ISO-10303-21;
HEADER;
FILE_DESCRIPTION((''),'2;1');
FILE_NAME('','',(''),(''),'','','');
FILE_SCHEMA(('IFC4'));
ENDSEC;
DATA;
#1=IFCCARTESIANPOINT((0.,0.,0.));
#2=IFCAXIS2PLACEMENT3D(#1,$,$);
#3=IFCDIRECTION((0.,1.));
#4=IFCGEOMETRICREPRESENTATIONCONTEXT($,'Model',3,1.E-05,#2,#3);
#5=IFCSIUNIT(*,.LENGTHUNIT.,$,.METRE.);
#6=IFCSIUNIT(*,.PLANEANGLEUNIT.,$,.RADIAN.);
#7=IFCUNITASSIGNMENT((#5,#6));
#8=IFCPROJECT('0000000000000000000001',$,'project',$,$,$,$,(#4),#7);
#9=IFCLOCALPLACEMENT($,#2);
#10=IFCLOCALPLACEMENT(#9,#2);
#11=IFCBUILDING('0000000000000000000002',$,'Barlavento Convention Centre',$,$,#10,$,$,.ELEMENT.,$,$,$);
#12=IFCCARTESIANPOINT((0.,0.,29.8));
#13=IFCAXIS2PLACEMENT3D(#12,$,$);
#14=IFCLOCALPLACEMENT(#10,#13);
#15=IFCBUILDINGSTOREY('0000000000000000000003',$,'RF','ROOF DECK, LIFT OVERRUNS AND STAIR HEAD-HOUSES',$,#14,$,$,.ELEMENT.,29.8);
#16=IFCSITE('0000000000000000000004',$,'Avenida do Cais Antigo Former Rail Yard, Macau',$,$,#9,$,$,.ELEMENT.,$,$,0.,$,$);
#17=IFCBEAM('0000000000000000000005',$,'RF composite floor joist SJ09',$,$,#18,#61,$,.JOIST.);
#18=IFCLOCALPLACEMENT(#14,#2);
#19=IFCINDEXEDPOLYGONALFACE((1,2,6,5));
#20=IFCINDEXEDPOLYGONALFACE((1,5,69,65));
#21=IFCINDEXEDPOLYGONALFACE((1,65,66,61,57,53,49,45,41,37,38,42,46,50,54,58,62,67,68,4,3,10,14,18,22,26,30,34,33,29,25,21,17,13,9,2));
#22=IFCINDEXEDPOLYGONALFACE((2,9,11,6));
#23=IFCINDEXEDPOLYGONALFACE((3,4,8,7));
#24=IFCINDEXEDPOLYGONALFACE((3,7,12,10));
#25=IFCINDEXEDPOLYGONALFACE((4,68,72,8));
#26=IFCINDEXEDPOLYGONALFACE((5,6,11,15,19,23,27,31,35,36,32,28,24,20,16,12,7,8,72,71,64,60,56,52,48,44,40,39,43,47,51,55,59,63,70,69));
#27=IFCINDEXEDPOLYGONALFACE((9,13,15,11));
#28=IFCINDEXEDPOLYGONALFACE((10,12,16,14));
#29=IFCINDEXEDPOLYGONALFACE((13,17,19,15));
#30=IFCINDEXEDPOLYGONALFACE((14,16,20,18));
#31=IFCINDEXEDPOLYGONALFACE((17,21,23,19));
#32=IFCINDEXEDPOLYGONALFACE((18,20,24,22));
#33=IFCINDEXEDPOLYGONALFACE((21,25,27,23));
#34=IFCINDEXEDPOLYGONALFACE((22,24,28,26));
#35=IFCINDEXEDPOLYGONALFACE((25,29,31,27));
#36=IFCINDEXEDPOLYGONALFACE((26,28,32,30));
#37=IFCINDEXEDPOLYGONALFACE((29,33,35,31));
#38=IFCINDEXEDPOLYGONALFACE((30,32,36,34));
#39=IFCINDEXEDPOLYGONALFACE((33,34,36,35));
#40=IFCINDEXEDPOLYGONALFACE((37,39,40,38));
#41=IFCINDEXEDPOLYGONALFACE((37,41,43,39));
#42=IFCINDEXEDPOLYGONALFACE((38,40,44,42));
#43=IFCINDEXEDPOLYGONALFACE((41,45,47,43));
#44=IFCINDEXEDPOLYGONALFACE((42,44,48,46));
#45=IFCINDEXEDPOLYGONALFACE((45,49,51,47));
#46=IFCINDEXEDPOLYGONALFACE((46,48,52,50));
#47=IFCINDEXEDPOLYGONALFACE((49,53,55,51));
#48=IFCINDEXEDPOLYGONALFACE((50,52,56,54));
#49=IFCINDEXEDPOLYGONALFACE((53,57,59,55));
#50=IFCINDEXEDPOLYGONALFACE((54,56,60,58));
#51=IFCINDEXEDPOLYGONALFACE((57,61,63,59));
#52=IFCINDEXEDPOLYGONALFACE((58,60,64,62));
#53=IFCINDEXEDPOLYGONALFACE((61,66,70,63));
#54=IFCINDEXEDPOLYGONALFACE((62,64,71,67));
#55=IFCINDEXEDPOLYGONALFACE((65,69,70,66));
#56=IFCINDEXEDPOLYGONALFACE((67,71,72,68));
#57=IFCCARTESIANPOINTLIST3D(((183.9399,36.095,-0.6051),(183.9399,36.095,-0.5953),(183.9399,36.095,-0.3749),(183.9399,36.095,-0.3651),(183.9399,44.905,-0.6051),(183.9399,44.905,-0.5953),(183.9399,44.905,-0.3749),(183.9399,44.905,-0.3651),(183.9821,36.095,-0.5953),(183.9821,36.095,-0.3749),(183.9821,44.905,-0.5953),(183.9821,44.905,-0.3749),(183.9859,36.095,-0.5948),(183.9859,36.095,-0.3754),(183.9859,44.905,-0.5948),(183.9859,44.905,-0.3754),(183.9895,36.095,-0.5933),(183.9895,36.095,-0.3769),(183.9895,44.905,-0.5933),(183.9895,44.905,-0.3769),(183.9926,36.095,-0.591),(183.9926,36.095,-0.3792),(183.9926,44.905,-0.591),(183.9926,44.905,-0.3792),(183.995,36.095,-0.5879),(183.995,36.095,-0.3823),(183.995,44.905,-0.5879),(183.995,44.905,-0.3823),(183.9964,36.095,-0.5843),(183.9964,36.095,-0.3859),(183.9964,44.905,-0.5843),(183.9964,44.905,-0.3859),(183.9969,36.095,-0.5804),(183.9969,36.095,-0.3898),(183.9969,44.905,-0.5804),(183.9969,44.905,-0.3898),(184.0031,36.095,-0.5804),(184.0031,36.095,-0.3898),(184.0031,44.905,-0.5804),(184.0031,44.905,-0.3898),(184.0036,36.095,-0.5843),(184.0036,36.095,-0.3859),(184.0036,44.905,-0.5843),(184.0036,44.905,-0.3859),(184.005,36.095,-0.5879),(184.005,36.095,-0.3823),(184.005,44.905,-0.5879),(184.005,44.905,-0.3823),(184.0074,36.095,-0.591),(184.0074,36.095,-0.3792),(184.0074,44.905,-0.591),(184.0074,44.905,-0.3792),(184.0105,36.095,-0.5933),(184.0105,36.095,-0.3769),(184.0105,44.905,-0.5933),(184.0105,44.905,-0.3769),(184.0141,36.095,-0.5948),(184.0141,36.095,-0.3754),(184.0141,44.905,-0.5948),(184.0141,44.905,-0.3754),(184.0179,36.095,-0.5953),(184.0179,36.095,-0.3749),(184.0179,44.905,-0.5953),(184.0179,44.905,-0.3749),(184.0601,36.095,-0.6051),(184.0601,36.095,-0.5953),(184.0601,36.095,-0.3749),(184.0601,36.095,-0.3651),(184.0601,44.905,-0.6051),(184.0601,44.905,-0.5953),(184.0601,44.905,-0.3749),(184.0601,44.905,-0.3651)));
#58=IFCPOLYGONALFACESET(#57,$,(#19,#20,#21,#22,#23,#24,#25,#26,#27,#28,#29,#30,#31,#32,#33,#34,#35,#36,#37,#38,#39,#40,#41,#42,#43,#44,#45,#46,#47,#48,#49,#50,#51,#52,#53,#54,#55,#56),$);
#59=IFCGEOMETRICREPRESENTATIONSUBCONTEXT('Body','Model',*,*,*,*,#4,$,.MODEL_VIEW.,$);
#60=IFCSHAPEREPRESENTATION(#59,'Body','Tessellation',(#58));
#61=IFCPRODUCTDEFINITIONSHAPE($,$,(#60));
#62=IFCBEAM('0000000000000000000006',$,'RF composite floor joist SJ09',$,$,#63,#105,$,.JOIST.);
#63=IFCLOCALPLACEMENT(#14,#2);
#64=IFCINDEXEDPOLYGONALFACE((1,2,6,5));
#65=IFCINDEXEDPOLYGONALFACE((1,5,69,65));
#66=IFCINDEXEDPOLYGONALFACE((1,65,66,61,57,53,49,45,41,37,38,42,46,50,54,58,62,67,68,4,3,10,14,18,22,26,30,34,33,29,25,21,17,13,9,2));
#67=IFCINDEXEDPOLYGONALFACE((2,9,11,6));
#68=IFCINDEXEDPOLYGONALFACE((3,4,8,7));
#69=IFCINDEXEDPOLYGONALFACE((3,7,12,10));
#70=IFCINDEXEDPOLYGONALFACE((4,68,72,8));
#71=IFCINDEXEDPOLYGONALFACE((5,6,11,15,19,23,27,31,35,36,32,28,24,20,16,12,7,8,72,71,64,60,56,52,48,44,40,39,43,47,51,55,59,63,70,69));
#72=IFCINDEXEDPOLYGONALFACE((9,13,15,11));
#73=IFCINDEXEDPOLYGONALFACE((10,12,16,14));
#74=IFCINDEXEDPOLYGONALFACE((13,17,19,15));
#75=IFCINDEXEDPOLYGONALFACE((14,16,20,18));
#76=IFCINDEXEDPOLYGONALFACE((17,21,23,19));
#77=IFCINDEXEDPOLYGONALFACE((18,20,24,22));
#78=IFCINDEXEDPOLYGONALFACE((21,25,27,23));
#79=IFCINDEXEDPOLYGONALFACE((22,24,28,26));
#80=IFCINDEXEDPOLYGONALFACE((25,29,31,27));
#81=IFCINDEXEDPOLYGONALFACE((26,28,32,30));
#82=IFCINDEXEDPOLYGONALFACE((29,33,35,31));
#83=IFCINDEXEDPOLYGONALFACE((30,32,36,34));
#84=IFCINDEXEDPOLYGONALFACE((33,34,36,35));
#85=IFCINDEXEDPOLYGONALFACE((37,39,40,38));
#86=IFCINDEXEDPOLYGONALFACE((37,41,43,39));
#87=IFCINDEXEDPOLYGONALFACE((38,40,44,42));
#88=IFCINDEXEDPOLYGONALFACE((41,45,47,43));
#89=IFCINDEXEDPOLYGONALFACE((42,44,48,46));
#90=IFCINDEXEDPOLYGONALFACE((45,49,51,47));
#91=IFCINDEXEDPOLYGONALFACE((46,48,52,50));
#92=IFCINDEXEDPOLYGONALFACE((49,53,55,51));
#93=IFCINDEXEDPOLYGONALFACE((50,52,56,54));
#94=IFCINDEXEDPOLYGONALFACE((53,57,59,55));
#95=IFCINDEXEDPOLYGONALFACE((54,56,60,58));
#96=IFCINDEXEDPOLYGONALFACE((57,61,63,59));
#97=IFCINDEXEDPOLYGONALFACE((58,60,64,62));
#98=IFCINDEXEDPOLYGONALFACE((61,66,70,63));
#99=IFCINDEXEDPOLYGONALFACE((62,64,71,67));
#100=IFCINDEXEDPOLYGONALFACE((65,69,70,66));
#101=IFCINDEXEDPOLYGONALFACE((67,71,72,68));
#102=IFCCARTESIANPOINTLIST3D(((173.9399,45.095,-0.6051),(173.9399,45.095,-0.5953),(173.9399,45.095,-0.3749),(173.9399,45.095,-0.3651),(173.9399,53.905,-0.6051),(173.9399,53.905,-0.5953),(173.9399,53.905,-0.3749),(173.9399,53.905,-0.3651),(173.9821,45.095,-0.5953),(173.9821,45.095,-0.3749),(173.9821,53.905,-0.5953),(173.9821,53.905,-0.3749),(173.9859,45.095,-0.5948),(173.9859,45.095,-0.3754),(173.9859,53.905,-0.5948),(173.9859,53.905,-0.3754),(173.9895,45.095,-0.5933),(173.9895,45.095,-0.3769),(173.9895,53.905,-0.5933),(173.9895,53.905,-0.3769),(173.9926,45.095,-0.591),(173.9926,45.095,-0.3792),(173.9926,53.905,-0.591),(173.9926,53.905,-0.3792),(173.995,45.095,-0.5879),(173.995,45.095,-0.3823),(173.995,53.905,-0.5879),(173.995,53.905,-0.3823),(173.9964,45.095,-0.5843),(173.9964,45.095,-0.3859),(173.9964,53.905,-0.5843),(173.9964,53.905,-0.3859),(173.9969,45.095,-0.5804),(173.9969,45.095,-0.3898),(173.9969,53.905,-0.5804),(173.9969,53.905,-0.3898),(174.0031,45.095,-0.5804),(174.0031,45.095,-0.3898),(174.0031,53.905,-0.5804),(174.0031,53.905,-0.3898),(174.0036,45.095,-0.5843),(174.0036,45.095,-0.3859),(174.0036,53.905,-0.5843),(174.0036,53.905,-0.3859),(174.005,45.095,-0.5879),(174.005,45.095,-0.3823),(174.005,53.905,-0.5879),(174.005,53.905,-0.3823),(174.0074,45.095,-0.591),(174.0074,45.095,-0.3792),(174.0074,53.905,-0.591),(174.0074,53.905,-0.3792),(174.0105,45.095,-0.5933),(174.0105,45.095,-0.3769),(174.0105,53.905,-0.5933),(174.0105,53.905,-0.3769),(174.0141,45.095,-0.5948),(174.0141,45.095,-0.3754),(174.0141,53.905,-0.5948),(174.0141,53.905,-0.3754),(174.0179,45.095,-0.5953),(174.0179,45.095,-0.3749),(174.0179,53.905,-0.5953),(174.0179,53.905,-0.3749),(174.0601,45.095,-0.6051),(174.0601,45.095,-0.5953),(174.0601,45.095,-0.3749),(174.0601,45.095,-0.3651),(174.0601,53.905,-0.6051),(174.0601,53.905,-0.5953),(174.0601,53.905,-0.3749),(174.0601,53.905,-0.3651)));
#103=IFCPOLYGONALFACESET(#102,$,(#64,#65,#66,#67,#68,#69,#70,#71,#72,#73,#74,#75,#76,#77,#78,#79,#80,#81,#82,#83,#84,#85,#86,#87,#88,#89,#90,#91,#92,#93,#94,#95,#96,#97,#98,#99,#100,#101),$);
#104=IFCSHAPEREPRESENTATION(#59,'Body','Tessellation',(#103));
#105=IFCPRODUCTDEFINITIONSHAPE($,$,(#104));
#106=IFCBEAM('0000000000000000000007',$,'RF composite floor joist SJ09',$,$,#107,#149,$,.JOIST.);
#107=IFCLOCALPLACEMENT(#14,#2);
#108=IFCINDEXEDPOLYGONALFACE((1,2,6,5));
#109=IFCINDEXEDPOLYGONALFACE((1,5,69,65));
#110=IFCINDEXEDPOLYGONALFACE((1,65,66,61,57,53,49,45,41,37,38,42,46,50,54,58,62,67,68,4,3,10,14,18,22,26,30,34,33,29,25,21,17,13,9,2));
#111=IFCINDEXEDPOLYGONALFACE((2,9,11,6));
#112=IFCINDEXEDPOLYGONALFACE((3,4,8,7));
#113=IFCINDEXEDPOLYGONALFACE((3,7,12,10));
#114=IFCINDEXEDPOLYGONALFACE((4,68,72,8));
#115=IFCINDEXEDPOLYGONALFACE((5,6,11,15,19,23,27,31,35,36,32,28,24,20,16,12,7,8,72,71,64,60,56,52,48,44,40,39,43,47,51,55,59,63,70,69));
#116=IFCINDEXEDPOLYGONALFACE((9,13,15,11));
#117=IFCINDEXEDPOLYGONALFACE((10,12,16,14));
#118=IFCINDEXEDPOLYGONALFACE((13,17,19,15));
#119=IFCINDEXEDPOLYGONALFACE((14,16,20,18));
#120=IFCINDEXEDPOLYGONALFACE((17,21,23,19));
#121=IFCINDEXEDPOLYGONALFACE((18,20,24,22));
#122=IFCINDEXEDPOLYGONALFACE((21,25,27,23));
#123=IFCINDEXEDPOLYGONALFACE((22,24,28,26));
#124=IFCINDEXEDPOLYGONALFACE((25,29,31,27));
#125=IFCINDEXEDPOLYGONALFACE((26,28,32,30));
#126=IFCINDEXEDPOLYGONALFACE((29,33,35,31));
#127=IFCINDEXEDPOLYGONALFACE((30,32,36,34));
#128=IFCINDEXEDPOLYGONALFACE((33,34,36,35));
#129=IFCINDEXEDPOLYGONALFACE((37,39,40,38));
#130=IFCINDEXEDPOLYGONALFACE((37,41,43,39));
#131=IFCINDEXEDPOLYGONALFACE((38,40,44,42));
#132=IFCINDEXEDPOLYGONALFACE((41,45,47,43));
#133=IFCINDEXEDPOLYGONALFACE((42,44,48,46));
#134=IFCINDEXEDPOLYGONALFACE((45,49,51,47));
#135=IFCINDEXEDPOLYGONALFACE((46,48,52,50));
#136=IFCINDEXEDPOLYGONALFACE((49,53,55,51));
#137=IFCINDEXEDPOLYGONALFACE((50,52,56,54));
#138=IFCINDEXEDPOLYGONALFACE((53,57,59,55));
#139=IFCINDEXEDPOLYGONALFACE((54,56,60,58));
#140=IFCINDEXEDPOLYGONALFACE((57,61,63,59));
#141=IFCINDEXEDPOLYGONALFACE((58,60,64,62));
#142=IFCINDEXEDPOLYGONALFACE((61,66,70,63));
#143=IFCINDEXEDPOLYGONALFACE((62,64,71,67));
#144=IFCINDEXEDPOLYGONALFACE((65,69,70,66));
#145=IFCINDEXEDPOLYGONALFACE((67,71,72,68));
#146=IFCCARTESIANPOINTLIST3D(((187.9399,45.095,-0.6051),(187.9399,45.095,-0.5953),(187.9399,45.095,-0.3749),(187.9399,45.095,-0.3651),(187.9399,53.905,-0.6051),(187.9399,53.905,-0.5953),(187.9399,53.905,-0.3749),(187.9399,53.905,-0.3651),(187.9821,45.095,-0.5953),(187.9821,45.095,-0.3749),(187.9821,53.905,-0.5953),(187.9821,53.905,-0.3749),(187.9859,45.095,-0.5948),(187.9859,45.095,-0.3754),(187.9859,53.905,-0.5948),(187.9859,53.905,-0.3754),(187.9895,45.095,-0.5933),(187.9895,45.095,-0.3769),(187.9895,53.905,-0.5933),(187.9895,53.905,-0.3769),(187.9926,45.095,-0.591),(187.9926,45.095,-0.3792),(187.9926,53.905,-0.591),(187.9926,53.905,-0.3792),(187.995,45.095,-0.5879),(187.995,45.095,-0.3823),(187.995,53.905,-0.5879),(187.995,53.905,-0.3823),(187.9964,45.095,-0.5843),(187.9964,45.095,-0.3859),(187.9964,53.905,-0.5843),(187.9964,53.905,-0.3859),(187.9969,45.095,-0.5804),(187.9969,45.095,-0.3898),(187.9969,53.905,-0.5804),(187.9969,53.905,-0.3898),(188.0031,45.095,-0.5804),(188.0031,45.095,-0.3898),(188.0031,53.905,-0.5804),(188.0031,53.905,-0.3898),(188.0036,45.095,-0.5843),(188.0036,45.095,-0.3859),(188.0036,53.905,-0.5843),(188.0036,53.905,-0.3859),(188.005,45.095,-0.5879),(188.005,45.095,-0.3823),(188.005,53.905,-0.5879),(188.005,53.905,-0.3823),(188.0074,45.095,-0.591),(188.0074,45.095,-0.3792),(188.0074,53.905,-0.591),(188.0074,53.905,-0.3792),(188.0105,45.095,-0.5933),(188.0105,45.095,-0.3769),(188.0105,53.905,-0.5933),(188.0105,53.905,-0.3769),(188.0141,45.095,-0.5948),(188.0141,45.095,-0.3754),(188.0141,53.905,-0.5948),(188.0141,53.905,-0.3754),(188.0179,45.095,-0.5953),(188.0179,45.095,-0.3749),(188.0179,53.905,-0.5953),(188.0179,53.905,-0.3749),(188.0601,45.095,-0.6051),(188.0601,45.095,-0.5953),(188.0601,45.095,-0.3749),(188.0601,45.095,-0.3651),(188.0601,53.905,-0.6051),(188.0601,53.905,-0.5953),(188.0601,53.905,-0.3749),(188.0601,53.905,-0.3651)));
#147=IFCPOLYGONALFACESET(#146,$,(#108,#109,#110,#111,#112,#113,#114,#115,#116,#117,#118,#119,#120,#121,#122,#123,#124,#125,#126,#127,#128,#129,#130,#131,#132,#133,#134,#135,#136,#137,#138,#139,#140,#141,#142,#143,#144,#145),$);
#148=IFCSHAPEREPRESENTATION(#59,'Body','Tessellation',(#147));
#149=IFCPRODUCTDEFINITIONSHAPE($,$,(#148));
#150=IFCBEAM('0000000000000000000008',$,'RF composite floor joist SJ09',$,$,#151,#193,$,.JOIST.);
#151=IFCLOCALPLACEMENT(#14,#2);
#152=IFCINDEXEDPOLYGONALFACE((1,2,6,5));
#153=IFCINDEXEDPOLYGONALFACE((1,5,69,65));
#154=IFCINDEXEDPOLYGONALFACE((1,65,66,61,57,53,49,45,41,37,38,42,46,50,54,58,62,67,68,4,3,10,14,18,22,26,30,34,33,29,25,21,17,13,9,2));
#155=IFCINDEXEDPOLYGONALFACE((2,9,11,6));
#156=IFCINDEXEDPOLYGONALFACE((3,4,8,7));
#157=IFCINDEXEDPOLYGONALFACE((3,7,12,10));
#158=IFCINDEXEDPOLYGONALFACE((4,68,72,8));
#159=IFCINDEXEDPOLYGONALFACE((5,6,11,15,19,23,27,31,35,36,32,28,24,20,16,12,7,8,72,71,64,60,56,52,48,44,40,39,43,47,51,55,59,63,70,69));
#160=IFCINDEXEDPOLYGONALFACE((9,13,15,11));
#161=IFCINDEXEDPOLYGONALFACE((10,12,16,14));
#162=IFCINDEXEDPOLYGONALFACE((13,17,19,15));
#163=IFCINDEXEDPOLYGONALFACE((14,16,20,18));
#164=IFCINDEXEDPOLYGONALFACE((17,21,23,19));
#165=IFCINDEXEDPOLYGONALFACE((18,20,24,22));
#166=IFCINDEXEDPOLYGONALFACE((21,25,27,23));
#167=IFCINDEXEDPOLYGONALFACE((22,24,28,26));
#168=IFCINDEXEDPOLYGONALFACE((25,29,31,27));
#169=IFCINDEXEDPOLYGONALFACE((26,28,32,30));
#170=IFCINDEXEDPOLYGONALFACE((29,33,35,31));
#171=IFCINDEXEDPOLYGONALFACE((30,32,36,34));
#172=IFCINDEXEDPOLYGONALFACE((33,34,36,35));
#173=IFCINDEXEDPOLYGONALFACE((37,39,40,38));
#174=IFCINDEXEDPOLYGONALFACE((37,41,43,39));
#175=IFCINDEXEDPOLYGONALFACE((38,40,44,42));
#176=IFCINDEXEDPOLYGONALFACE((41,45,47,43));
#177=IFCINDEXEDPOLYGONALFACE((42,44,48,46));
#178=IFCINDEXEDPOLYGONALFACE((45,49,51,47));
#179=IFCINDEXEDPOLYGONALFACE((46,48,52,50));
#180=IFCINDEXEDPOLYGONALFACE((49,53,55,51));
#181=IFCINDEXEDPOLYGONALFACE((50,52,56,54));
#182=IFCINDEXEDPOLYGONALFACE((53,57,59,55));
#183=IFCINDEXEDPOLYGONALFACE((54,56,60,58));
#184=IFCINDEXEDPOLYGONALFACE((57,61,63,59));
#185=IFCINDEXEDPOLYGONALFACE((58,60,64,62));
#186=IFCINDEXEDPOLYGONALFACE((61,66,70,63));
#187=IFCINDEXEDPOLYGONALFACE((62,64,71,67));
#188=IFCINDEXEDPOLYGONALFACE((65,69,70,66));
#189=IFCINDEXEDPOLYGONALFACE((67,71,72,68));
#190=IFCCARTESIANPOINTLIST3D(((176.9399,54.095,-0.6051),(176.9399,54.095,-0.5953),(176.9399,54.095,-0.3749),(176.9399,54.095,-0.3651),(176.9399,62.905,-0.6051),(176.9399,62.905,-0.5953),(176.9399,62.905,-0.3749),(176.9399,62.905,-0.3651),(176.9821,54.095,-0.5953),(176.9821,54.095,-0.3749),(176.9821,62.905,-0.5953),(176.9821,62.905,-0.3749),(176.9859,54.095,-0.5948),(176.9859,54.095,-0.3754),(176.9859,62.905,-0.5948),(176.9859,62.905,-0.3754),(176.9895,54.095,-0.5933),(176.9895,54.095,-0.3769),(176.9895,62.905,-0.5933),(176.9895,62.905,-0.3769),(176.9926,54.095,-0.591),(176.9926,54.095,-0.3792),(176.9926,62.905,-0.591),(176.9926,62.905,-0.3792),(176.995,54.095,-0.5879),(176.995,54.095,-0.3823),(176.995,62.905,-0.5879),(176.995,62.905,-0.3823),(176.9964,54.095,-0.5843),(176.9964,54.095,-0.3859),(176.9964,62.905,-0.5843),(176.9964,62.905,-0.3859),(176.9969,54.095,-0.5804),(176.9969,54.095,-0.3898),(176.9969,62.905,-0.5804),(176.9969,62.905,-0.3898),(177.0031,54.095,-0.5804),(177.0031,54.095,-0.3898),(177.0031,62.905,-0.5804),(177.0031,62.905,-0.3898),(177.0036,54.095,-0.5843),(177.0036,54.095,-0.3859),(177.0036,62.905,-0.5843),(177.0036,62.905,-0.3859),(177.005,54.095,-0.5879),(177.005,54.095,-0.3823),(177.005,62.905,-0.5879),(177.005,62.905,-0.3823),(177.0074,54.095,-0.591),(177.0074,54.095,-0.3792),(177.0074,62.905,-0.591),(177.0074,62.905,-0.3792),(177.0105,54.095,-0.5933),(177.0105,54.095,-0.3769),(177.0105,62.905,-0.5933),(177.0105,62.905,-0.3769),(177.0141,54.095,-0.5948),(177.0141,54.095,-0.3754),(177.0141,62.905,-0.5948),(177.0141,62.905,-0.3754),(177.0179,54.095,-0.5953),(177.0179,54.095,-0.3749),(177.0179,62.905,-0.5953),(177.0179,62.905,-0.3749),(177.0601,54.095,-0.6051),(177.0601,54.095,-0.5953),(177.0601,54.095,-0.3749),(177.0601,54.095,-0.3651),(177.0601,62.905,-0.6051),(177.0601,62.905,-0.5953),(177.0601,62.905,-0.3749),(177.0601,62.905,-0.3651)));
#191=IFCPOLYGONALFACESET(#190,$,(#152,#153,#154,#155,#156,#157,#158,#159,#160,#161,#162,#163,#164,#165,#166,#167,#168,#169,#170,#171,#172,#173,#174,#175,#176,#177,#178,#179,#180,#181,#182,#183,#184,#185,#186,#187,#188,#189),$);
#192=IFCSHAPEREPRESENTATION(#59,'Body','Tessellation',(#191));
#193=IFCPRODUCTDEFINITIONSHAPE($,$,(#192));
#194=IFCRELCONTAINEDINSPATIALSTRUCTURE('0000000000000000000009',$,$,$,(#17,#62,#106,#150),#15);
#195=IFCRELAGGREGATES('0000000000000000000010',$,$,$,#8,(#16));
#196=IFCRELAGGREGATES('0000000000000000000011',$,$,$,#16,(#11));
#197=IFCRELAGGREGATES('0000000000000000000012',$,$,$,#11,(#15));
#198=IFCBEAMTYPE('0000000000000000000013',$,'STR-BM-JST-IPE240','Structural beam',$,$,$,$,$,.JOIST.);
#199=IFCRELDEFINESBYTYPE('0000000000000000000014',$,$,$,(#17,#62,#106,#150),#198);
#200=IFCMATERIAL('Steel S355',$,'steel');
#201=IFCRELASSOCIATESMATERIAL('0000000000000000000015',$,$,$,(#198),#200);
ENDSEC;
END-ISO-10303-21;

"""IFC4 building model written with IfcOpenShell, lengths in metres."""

from ifc_helpers import new_model, si_unit, direction, frame, origin, origin_2d, place, context, subcontext, project, spatial, i_section, extrude, material, material_profile, profile_set, type_object, element, save


model = new_model("IFC4")

# Units and contexts
model_context = context("Model", 3, precision=1e-05, world=origin(), true_north=direction((0.0, 1.0)))
body_context = subcontext(model_context, "Body", "Model", "MODEL_VIEW")
ifc_project = project(units=[si_unit("LENGTHUNIT", "METRE"), si_unit("PLANEANGLEUNIT", "RADIAN")], contexts=[model_context])

# Site, building, storey
site_placement = place(None, origin())
site = spatial("IfcSite", under=ifc_project, at=site_placement, Name="Avenida do Cais Antigo Former Rail Yard, Macau", CompositionType="ELEMENT", RefElevation=0.0)
building_placement = place(site_placement, origin())
building = spatial("IfcBuilding", under=site, at=building_placement, Name="Barlavento Convention Centre", CompositionType="ELEMENT")
storey_placement = place(building_placement, frame((0.0, 0.0, 29.8)))
storey = spatial("IfcBuildingStorey", under=building, at=storey_placement, Name="RF", Description="ROOF DECK, LIFT OVERRUNS AND STAIR HEAD-HOUSES", CompositionType="ELEMENT", Elevation=29.8)

# Beams
ifc_material_1 = material(Name="Steel S355", Category="steel")
ifc_material_profile_1 = material_profile(ifc_material_1, i_section(OverallWidth=0.1201, OverallDepth=0.24, WebThickness=0.0061, FlangeThickness=0.0098, FilletRadius=0.0149, at=origin_2d()), Name="IPE 240")
ifc_profile_set_1 = profile_set([ifc_material_profile_1], Name="Steel S355")
beam_type_1 = type_object("IfcBeamType", Name="STR-BM-JST-IPE240", Description="Structural beam", PredefinedType="JOIST", material=ifc_profile_set_1)
for number, where, z_axis, x_axis, name in (
    (1, (184.0, 36.095, -0.4851), (0.0, 1.0, 0.0), (-1.0, 0.0, 0.0), "RF composite floor joist SJ09"),
    (2, (174.0, 45.095, -0.4851), (0.0, 1.0, 0.0), (-1.0, 0.0, 0.0), "RF composite floor joist SJ09"),
    (3, (188.0, 45.095, -0.4851), (0.0, 1.0, 0.0), (-1.0, 0.0, 0.0), "RF composite floor joist SJ09"),
    (4, (177.0, 54.095, -0.4851), (0.0, 1.0, 0.0), (-1.0, 0.0, 0.0), "RF composite floor joist SJ09"),
):
    element("IfcBeam", number, at=place(storey_placement, frame(where, z_axis=z_axis, x_axis=x_axis)), inside=storey, type_object=beam_type_1, Name=name, PredefinedType="JOIST", context=body_context, shape_type="SweptSolid", body=[
        extrude(i_section(OverallWidth=0.1201, OverallDepth=0.24, WebThickness=0.0061, FlangeThickness=0.0098, FilletRadius=0.0149, at=origin_2d()), origin(), (0.0, 0.0, 1.0), 8.8101),
    ])

save(model, "model.ifc")
